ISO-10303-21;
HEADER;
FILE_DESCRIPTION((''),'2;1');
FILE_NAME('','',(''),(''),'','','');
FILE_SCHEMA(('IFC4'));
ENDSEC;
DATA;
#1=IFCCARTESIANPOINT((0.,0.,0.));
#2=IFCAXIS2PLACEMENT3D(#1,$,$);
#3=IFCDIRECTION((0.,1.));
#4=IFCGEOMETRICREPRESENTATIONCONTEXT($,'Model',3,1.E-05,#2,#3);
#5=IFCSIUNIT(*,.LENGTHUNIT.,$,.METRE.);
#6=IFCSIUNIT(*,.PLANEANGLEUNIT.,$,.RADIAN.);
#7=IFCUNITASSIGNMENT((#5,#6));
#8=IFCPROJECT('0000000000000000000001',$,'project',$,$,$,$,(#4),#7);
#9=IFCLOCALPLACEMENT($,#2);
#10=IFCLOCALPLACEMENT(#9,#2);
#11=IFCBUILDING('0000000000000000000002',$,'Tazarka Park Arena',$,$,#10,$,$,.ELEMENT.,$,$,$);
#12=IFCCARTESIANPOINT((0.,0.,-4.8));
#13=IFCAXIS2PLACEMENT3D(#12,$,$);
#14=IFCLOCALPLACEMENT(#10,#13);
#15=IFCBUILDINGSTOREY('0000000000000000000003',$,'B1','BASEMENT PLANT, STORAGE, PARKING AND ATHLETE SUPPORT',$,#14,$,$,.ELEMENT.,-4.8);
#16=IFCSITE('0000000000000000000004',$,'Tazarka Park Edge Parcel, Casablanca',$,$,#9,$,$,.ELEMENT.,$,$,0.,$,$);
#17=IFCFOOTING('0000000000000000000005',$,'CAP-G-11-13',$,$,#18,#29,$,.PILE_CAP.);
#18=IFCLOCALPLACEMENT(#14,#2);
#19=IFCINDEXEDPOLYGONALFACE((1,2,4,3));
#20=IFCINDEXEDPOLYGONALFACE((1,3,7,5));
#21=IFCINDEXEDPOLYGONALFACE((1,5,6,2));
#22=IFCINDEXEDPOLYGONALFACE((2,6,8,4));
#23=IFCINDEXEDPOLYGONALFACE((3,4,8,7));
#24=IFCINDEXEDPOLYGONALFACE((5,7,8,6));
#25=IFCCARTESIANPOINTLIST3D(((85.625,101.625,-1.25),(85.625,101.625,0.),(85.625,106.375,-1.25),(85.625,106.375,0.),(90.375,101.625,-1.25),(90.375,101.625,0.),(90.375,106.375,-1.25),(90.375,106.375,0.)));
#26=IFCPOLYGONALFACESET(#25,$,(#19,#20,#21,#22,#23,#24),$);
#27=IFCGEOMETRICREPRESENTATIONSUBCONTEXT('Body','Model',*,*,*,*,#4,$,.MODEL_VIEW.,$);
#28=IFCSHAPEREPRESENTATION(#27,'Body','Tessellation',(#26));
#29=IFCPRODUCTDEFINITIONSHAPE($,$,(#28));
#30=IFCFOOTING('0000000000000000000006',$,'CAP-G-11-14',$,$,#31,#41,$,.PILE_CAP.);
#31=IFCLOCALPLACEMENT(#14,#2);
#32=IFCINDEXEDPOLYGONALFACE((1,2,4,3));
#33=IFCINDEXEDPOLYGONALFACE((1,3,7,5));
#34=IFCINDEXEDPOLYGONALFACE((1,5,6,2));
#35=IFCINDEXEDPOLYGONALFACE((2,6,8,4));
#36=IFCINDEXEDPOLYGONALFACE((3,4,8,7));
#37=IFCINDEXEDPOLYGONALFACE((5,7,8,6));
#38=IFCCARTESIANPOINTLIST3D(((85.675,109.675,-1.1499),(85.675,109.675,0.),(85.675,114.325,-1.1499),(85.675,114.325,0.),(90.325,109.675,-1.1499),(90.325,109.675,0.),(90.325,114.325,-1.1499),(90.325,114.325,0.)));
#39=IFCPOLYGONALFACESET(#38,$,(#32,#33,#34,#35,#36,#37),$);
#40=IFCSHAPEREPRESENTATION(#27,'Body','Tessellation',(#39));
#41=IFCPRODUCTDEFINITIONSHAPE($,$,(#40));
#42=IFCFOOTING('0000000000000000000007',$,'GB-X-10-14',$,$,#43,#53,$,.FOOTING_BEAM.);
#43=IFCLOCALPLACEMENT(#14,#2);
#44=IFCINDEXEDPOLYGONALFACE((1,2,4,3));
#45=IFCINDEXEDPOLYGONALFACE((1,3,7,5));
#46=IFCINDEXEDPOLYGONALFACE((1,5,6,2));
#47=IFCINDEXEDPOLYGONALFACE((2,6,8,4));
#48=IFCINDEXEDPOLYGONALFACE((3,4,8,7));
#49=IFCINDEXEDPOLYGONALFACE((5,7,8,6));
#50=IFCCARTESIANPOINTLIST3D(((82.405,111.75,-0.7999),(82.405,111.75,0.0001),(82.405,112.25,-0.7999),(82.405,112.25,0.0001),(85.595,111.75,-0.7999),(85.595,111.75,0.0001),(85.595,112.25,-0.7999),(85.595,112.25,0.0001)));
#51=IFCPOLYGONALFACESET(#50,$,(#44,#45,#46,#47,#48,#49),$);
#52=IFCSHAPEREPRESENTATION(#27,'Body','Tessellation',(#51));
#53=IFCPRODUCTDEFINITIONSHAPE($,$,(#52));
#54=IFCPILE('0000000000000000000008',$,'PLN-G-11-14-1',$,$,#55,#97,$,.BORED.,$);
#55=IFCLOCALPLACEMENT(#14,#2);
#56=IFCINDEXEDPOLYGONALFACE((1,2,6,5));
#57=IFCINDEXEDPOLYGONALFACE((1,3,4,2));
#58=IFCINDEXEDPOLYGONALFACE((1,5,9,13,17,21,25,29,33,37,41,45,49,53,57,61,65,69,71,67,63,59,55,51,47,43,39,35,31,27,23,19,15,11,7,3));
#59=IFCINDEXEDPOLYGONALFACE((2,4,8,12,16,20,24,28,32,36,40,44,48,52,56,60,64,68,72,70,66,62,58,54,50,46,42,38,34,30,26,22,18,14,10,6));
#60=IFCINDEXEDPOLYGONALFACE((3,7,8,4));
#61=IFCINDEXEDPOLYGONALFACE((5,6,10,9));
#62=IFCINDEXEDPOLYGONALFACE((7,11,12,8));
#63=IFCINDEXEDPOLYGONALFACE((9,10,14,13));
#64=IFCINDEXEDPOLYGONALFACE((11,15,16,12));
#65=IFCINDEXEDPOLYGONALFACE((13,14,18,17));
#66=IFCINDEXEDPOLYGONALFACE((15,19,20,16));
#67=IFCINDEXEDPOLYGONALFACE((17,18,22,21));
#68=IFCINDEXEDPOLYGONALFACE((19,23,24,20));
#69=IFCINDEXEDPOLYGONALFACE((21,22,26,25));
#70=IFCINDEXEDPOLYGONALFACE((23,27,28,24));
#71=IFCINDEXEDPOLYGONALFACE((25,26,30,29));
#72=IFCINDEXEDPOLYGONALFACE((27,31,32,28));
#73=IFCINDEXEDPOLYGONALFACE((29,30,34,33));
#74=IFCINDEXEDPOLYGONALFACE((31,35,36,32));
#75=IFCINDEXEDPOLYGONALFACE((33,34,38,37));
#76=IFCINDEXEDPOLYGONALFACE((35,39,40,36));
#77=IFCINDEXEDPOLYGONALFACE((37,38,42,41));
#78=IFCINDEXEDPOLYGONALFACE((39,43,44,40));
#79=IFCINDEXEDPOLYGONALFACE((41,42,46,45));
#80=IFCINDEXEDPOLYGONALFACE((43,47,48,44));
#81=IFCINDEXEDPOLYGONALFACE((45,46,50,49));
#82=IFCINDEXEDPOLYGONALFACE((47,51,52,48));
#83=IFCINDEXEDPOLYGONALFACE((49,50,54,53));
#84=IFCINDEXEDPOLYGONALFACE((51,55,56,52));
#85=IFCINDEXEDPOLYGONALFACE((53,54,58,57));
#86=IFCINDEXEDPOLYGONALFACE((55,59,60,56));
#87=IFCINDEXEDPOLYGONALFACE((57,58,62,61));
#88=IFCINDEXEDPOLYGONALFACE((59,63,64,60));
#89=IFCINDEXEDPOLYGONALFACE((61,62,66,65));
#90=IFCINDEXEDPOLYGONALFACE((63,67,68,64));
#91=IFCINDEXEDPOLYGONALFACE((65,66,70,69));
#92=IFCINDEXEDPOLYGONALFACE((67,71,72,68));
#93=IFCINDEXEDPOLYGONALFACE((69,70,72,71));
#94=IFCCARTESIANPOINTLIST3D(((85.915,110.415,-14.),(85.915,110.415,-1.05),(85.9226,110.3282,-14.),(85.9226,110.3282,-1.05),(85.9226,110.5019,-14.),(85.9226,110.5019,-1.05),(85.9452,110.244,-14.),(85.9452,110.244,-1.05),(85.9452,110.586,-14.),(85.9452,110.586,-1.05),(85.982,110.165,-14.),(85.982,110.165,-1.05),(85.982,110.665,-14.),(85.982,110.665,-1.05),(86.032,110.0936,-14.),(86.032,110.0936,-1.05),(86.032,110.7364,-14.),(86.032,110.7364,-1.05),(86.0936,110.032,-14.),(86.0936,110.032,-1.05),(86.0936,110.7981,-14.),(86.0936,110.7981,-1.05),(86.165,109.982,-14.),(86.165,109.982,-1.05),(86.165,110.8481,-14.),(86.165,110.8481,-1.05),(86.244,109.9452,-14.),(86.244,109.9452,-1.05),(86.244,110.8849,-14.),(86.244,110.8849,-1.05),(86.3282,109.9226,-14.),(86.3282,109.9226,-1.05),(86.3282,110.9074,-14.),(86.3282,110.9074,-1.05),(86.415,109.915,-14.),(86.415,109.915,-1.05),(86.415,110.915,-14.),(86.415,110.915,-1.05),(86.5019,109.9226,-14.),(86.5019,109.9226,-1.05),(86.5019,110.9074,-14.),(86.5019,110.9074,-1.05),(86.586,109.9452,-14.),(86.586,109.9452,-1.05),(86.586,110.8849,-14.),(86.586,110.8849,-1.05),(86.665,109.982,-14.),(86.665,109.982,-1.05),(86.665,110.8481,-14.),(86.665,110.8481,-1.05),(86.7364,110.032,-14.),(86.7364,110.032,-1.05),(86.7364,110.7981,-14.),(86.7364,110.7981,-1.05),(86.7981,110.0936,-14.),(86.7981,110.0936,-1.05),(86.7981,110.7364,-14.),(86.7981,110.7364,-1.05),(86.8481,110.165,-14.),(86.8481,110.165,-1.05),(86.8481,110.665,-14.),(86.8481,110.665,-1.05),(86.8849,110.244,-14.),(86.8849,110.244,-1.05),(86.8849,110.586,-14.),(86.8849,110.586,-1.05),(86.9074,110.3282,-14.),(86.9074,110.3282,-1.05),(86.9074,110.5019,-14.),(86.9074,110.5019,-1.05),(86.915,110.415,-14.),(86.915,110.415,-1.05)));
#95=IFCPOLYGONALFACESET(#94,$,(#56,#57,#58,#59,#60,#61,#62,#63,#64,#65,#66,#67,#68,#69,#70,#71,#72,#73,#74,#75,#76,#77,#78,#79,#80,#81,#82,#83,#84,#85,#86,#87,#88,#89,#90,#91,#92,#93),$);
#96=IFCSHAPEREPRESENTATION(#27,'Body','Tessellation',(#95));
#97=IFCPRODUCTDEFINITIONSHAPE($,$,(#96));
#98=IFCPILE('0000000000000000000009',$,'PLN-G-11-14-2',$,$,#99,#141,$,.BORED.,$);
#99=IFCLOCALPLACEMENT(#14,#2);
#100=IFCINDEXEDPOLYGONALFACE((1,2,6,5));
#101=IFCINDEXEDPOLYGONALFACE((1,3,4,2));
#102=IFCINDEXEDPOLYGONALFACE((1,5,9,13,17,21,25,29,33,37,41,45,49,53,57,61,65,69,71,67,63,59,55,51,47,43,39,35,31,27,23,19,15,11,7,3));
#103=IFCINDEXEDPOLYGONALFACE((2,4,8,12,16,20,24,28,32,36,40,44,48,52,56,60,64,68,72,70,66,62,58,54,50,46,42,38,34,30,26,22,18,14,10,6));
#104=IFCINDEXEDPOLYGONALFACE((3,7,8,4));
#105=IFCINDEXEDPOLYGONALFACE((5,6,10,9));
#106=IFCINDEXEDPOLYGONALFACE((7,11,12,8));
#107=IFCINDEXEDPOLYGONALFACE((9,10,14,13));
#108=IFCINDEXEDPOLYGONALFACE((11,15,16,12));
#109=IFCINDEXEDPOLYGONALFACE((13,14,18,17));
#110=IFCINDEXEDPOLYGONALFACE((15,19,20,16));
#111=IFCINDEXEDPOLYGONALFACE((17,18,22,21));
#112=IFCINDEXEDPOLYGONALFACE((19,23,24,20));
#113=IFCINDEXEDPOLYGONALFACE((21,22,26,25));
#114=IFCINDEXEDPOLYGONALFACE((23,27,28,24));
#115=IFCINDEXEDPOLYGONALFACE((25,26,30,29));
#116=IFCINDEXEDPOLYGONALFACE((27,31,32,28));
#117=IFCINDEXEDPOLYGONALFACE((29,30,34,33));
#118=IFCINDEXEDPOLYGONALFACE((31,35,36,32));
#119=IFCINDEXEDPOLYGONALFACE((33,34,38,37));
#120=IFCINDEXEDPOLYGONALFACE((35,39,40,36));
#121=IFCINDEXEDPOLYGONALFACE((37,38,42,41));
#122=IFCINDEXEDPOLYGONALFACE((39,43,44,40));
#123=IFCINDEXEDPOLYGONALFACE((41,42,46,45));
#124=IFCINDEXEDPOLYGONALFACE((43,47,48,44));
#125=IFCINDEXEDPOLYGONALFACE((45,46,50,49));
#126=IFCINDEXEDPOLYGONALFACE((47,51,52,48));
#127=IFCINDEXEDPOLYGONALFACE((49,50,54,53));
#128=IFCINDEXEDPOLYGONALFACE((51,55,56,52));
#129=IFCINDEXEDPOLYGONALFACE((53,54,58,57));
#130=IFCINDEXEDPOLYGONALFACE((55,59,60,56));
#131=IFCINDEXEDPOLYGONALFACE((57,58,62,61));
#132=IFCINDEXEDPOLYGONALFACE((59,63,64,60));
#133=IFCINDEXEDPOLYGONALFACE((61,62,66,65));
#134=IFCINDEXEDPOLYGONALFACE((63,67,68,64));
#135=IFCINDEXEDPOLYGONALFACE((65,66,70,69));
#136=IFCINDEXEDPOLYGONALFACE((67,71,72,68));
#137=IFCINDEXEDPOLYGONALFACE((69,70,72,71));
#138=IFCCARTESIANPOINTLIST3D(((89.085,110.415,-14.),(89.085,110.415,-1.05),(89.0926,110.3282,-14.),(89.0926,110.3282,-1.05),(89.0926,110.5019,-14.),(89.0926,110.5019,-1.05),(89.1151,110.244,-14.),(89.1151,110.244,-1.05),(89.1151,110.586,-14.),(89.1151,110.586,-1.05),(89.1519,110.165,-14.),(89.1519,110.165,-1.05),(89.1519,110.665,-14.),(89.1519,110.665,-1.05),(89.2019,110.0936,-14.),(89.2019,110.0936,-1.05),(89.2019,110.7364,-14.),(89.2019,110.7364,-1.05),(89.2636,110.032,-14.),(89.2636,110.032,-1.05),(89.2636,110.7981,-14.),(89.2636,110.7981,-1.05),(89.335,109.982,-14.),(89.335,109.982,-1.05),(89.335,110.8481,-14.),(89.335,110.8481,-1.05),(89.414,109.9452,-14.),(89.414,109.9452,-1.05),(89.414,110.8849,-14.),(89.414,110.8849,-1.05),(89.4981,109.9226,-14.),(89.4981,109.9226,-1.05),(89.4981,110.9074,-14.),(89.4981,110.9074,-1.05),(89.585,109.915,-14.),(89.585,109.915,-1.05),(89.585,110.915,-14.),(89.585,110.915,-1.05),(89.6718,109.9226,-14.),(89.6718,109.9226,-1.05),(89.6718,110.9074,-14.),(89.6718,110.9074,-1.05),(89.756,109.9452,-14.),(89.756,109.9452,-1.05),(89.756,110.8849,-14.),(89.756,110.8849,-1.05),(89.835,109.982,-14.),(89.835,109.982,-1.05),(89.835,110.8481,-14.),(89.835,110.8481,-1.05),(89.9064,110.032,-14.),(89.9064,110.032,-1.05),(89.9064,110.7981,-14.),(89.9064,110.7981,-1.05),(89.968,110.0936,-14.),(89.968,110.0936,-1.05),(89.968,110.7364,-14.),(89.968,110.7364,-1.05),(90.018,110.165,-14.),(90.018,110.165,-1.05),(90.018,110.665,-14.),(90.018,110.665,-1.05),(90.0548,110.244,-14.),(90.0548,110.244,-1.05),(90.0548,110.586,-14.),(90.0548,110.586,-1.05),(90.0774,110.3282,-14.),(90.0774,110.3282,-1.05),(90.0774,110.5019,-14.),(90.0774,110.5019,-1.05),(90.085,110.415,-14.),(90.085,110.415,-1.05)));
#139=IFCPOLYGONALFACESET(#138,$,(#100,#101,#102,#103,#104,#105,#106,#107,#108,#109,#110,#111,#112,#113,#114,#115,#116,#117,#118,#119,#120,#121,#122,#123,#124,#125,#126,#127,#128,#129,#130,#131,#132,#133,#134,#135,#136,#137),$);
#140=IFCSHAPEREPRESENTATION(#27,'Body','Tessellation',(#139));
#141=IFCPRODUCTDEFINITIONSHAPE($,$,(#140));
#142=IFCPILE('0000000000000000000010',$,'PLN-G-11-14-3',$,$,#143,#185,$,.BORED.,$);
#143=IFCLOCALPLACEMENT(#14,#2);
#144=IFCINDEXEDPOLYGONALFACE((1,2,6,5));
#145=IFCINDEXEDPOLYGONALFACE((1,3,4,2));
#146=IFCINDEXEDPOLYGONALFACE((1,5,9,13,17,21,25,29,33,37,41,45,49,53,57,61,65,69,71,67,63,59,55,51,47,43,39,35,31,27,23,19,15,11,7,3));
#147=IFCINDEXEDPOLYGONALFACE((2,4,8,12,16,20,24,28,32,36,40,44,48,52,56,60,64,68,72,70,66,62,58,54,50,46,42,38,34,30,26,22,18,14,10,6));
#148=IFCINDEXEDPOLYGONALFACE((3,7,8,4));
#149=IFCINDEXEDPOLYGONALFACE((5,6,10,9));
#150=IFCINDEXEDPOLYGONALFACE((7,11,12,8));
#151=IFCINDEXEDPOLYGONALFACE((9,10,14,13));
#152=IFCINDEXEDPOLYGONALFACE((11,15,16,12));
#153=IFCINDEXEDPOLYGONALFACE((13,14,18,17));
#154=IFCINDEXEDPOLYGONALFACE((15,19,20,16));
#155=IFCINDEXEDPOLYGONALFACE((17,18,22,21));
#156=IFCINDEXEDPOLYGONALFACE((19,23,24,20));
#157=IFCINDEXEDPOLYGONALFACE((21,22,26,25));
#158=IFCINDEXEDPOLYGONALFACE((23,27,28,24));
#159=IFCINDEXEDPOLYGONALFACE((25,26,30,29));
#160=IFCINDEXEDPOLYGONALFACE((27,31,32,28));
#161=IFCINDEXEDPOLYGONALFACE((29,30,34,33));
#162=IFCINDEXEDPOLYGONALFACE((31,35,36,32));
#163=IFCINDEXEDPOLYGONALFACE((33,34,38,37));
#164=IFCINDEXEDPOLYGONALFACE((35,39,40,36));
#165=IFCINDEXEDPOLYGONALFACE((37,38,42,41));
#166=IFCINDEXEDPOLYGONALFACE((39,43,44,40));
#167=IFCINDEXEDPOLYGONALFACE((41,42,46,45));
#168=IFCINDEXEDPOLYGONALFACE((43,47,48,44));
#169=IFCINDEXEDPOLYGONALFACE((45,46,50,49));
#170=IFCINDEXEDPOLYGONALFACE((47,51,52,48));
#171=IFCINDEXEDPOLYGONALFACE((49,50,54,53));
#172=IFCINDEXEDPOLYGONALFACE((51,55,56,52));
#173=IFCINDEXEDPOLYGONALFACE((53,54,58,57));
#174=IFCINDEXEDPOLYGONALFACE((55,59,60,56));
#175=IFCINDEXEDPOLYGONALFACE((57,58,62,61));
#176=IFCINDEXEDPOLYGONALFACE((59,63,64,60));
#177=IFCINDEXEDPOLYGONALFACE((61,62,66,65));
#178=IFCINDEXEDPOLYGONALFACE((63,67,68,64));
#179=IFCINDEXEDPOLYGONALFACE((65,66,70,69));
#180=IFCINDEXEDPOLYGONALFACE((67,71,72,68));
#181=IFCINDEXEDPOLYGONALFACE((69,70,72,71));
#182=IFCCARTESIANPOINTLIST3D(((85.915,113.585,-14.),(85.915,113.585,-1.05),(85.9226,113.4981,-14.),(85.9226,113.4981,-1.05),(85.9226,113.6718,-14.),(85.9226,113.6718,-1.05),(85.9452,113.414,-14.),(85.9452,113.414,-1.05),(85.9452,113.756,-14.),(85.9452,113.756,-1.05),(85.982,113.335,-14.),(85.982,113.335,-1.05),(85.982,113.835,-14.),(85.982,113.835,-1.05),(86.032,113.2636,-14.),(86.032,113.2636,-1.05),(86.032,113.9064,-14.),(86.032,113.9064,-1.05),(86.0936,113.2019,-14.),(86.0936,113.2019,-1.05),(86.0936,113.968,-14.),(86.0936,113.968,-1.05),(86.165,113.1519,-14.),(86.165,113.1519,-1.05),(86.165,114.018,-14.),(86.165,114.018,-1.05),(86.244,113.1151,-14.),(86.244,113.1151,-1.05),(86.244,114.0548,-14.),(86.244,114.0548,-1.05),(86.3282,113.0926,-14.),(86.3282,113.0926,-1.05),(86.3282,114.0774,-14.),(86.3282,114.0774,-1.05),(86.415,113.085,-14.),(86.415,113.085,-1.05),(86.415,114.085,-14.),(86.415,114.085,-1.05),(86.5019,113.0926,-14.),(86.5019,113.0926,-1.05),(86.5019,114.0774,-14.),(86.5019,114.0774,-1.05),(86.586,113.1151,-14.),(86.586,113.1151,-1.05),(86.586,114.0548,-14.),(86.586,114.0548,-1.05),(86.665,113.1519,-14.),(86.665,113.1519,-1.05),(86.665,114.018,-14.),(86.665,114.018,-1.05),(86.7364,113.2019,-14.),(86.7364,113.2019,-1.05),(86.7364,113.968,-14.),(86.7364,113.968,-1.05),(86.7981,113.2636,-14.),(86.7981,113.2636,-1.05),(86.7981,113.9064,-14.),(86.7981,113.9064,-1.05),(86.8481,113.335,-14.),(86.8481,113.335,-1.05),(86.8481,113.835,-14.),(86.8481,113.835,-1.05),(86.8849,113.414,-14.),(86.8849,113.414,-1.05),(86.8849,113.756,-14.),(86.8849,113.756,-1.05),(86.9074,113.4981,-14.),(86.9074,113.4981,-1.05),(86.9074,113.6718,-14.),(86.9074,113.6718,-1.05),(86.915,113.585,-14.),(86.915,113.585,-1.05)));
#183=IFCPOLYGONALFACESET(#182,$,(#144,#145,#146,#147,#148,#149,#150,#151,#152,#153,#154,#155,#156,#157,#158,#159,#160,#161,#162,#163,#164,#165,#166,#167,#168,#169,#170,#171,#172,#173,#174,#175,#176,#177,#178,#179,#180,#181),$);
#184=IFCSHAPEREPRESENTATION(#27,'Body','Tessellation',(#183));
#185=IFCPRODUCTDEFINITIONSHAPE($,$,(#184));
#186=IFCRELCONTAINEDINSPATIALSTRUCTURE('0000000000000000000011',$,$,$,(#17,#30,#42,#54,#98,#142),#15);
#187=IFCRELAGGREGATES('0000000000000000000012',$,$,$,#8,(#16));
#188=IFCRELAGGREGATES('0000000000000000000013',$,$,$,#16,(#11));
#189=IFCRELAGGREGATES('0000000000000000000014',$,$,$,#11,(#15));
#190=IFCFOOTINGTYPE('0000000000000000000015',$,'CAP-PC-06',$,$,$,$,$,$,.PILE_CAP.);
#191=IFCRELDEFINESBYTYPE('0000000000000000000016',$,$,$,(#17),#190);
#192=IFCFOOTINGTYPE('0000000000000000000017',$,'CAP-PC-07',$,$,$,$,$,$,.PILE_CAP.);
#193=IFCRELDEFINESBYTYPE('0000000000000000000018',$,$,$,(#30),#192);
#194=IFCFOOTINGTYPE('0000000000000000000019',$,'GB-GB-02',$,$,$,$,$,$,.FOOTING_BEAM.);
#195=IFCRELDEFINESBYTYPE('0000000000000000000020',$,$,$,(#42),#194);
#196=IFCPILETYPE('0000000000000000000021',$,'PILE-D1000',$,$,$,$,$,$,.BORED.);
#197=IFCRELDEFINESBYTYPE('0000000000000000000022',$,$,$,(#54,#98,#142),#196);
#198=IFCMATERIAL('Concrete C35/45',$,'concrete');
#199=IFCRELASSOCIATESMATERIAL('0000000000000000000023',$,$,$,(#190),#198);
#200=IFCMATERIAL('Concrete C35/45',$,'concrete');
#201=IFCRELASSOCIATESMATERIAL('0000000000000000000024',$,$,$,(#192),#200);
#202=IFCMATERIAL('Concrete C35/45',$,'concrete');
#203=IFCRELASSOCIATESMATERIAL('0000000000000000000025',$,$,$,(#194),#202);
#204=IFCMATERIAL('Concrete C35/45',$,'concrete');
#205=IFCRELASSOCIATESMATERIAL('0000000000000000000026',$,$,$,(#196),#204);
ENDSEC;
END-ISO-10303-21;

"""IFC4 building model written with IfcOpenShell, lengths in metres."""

from ifc_helpers import new_model, si_unit, direction, frame, origin, origin_2d, place, context, subcontext, project, spatial, rectangle, circle, extrude, material, material_profile, profile_set, type_object, element, save


model = new_model("IFC4")

# Units and contexts
model_context = context("Model", 3, precision=1e-05, world=origin(), true_north=direction((0.0, 1.0)))
body_context = subcontext(model_context, "Body", "Model", "MODEL_VIEW")
ifc_project = project(units=[si_unit("LENGTHUNIT", "METRE"), si_unit("PLANEANGLEUNIT", "RADIAN")], contexts=[model_context])

# Site, building, storey
site_placement = place(None, origin())
site = spatial("IfcSite", under=ifc_project, at=site_placement, Name="Tazarka Park Edge Parcel, Casablanca", CompositionType="ELEMENT", RefElevation=0.0)
building_placement = place(site_placement, origin())
building = spatial("IfcBuilding", under=site, at=building_placement, Name="Tazarka Park Arena", CompositionType="ELEMENT")
storey_placement = place(building_placement, frame((0.0, 0.0, -4.8)))
storey = spatial("IfcBuildingStorey", under=building, at=storey_placement, Name="B1", Description="BASEMENT PLANT, STORAGE, PARKING AND ATHLETE SUPPORT", CompositionType="ELEMENT", Elevation=-4.8)

# Footings
ifc_material_1 = material(Name="Concrete C35/45", Category="concrete")
footing_type_1 = type_object("IfcFootingType", Name="CAP-PC-06", PredefinedType="PILE_CAP", material=ifc_material_1)
footing_1_placement = place(storey_placement, frame((88.0, 104.0, -1.25), z_axis=(0.0, 0.0, 1.0), x_axis=(1.0, 0.0, 0.0)))
element("IfcFooting", 1, at=footing_1_placement, inside=storey, type_object=footing_type_1, Name="CAP-G-11-13", PredefinedType="PILE_CAP", context=body_context, shape_type="SweptSolid", body=[
    extrude(rectangle(XDim=4.75, YDim=4.75, at=origin_2d()), origin(), (0.0, 0.0, 1.0), 1.25),
])
ifc_material_2 = material(Name="Concrete C35/45", Category="concrete")
footing_type_2 = type_object("IfcFootingType", Name="CAP-PC-07", PredefinedType="PILE_CAP", material=ifc_material_2)
footing_2_placement = place(storey_placement, frame((88.0, 112.0, -1.1499), z_axis=(0.0, 0.0, 1.0), x_axis=(1.0, 0.0, 0.0)))
element("IfcFooting", 2, at=footing_2_placement, inside=storey, type_object=footing_type_2, Name="CAP-G-11-14", PredefinedType="PILE_CAP", context=body_context, shape_type="SweptSolid", body=[
    extrude(rectangle(XDim=4.6499, YDim=4.6499, at=origin_2d()), origin(), (0.0, 0.0, 1.0), 1.1499),
])
ifc_material_3 = material(Name="Concrete C35/45", Category="concrete")
ifc_material_profile_1 = material_profile(ifc_material_3, rectangle(XDim=0.5, YDim=0.8, at=origin_2d()), Name="Concrete C35/45")
ifc_profile_set_1 = profile_set([ifc_material_profile_1], Name="Concrete C35/45")
footing_type_3 = type_object("IfcFootingType", Name="GB-GB-02", PredefinedType="FOOTING_BEAM", material=ifc_profile_set_1)
footing_3_placement = place(storey_placement, frame((82.405, 112.0, -0.3999), z_axis=(1.0, 0.0, 0.0), x_axis=(0.0, 1.0, 0.0)))
element("IfcFooting", 3, at=footing_3_placement, inside=storey, type_object=footing_type_3, Name="GB-X-10-14", PredefinedType="FOOTING_BEAM", context=body_context, shape_type="SweptSolid", body=[
    extrude(rectangle(XDim=0.5, YDim=0.8, at=origin_2d()), origin(), (0.0, 0.0, 1.0), 3.1899),
])

# Piles
ifc_material_4 = material(Name="Concrete C35/45", Category="concrete")
ifc_material_profile_2 = material_profile(ifc_material_4, circle(Radius=0.5, at=origin_2d()), Name="Concrete C35/45")
ifc_profile_set_2 = profile_set([ifc_material_profile_2], Name="Concrete C35/45")
pile_type_1 = type_object("IfcPileType", Name="PILE-D1000", PredefinedType="BORED", material=ifc_profile_set_2)
for number, where, z_axis, x_axis, name in (
    (4, (86.415, 110.415, -1.05), (0.0, 0.0, -1.0), (1.0, 0.0, 0.0), "PLN-G-11-14-1"),
    (5, (89.585, 110.415, -1.05), (0.0, 0.0, -1.0), (1.0, 0.0, 0.0), "PLN-G-11-14-2"),
    (6, (86.415, 113.585, -1.05), (0.0, 0.0, -1.0), (1.0, 0.0, 0.0), "PLN-G-11-14-3"),
):
    element("IfcPile", number, at=place(storey_placement, frame(where, z_axis=z_axis, x_axis=x_axis)), inside=storey, type_object=pile_type_1, Name=name, PredefinedType="BORED", context=body_context, shape_type="SweptSolid", body=[
        extrude(circle(Radius=0.5, at=origin_2d()), origin(), (0.0, 0.0, 1.0), 12.95),
    ])

save(model, "model.ifc")
